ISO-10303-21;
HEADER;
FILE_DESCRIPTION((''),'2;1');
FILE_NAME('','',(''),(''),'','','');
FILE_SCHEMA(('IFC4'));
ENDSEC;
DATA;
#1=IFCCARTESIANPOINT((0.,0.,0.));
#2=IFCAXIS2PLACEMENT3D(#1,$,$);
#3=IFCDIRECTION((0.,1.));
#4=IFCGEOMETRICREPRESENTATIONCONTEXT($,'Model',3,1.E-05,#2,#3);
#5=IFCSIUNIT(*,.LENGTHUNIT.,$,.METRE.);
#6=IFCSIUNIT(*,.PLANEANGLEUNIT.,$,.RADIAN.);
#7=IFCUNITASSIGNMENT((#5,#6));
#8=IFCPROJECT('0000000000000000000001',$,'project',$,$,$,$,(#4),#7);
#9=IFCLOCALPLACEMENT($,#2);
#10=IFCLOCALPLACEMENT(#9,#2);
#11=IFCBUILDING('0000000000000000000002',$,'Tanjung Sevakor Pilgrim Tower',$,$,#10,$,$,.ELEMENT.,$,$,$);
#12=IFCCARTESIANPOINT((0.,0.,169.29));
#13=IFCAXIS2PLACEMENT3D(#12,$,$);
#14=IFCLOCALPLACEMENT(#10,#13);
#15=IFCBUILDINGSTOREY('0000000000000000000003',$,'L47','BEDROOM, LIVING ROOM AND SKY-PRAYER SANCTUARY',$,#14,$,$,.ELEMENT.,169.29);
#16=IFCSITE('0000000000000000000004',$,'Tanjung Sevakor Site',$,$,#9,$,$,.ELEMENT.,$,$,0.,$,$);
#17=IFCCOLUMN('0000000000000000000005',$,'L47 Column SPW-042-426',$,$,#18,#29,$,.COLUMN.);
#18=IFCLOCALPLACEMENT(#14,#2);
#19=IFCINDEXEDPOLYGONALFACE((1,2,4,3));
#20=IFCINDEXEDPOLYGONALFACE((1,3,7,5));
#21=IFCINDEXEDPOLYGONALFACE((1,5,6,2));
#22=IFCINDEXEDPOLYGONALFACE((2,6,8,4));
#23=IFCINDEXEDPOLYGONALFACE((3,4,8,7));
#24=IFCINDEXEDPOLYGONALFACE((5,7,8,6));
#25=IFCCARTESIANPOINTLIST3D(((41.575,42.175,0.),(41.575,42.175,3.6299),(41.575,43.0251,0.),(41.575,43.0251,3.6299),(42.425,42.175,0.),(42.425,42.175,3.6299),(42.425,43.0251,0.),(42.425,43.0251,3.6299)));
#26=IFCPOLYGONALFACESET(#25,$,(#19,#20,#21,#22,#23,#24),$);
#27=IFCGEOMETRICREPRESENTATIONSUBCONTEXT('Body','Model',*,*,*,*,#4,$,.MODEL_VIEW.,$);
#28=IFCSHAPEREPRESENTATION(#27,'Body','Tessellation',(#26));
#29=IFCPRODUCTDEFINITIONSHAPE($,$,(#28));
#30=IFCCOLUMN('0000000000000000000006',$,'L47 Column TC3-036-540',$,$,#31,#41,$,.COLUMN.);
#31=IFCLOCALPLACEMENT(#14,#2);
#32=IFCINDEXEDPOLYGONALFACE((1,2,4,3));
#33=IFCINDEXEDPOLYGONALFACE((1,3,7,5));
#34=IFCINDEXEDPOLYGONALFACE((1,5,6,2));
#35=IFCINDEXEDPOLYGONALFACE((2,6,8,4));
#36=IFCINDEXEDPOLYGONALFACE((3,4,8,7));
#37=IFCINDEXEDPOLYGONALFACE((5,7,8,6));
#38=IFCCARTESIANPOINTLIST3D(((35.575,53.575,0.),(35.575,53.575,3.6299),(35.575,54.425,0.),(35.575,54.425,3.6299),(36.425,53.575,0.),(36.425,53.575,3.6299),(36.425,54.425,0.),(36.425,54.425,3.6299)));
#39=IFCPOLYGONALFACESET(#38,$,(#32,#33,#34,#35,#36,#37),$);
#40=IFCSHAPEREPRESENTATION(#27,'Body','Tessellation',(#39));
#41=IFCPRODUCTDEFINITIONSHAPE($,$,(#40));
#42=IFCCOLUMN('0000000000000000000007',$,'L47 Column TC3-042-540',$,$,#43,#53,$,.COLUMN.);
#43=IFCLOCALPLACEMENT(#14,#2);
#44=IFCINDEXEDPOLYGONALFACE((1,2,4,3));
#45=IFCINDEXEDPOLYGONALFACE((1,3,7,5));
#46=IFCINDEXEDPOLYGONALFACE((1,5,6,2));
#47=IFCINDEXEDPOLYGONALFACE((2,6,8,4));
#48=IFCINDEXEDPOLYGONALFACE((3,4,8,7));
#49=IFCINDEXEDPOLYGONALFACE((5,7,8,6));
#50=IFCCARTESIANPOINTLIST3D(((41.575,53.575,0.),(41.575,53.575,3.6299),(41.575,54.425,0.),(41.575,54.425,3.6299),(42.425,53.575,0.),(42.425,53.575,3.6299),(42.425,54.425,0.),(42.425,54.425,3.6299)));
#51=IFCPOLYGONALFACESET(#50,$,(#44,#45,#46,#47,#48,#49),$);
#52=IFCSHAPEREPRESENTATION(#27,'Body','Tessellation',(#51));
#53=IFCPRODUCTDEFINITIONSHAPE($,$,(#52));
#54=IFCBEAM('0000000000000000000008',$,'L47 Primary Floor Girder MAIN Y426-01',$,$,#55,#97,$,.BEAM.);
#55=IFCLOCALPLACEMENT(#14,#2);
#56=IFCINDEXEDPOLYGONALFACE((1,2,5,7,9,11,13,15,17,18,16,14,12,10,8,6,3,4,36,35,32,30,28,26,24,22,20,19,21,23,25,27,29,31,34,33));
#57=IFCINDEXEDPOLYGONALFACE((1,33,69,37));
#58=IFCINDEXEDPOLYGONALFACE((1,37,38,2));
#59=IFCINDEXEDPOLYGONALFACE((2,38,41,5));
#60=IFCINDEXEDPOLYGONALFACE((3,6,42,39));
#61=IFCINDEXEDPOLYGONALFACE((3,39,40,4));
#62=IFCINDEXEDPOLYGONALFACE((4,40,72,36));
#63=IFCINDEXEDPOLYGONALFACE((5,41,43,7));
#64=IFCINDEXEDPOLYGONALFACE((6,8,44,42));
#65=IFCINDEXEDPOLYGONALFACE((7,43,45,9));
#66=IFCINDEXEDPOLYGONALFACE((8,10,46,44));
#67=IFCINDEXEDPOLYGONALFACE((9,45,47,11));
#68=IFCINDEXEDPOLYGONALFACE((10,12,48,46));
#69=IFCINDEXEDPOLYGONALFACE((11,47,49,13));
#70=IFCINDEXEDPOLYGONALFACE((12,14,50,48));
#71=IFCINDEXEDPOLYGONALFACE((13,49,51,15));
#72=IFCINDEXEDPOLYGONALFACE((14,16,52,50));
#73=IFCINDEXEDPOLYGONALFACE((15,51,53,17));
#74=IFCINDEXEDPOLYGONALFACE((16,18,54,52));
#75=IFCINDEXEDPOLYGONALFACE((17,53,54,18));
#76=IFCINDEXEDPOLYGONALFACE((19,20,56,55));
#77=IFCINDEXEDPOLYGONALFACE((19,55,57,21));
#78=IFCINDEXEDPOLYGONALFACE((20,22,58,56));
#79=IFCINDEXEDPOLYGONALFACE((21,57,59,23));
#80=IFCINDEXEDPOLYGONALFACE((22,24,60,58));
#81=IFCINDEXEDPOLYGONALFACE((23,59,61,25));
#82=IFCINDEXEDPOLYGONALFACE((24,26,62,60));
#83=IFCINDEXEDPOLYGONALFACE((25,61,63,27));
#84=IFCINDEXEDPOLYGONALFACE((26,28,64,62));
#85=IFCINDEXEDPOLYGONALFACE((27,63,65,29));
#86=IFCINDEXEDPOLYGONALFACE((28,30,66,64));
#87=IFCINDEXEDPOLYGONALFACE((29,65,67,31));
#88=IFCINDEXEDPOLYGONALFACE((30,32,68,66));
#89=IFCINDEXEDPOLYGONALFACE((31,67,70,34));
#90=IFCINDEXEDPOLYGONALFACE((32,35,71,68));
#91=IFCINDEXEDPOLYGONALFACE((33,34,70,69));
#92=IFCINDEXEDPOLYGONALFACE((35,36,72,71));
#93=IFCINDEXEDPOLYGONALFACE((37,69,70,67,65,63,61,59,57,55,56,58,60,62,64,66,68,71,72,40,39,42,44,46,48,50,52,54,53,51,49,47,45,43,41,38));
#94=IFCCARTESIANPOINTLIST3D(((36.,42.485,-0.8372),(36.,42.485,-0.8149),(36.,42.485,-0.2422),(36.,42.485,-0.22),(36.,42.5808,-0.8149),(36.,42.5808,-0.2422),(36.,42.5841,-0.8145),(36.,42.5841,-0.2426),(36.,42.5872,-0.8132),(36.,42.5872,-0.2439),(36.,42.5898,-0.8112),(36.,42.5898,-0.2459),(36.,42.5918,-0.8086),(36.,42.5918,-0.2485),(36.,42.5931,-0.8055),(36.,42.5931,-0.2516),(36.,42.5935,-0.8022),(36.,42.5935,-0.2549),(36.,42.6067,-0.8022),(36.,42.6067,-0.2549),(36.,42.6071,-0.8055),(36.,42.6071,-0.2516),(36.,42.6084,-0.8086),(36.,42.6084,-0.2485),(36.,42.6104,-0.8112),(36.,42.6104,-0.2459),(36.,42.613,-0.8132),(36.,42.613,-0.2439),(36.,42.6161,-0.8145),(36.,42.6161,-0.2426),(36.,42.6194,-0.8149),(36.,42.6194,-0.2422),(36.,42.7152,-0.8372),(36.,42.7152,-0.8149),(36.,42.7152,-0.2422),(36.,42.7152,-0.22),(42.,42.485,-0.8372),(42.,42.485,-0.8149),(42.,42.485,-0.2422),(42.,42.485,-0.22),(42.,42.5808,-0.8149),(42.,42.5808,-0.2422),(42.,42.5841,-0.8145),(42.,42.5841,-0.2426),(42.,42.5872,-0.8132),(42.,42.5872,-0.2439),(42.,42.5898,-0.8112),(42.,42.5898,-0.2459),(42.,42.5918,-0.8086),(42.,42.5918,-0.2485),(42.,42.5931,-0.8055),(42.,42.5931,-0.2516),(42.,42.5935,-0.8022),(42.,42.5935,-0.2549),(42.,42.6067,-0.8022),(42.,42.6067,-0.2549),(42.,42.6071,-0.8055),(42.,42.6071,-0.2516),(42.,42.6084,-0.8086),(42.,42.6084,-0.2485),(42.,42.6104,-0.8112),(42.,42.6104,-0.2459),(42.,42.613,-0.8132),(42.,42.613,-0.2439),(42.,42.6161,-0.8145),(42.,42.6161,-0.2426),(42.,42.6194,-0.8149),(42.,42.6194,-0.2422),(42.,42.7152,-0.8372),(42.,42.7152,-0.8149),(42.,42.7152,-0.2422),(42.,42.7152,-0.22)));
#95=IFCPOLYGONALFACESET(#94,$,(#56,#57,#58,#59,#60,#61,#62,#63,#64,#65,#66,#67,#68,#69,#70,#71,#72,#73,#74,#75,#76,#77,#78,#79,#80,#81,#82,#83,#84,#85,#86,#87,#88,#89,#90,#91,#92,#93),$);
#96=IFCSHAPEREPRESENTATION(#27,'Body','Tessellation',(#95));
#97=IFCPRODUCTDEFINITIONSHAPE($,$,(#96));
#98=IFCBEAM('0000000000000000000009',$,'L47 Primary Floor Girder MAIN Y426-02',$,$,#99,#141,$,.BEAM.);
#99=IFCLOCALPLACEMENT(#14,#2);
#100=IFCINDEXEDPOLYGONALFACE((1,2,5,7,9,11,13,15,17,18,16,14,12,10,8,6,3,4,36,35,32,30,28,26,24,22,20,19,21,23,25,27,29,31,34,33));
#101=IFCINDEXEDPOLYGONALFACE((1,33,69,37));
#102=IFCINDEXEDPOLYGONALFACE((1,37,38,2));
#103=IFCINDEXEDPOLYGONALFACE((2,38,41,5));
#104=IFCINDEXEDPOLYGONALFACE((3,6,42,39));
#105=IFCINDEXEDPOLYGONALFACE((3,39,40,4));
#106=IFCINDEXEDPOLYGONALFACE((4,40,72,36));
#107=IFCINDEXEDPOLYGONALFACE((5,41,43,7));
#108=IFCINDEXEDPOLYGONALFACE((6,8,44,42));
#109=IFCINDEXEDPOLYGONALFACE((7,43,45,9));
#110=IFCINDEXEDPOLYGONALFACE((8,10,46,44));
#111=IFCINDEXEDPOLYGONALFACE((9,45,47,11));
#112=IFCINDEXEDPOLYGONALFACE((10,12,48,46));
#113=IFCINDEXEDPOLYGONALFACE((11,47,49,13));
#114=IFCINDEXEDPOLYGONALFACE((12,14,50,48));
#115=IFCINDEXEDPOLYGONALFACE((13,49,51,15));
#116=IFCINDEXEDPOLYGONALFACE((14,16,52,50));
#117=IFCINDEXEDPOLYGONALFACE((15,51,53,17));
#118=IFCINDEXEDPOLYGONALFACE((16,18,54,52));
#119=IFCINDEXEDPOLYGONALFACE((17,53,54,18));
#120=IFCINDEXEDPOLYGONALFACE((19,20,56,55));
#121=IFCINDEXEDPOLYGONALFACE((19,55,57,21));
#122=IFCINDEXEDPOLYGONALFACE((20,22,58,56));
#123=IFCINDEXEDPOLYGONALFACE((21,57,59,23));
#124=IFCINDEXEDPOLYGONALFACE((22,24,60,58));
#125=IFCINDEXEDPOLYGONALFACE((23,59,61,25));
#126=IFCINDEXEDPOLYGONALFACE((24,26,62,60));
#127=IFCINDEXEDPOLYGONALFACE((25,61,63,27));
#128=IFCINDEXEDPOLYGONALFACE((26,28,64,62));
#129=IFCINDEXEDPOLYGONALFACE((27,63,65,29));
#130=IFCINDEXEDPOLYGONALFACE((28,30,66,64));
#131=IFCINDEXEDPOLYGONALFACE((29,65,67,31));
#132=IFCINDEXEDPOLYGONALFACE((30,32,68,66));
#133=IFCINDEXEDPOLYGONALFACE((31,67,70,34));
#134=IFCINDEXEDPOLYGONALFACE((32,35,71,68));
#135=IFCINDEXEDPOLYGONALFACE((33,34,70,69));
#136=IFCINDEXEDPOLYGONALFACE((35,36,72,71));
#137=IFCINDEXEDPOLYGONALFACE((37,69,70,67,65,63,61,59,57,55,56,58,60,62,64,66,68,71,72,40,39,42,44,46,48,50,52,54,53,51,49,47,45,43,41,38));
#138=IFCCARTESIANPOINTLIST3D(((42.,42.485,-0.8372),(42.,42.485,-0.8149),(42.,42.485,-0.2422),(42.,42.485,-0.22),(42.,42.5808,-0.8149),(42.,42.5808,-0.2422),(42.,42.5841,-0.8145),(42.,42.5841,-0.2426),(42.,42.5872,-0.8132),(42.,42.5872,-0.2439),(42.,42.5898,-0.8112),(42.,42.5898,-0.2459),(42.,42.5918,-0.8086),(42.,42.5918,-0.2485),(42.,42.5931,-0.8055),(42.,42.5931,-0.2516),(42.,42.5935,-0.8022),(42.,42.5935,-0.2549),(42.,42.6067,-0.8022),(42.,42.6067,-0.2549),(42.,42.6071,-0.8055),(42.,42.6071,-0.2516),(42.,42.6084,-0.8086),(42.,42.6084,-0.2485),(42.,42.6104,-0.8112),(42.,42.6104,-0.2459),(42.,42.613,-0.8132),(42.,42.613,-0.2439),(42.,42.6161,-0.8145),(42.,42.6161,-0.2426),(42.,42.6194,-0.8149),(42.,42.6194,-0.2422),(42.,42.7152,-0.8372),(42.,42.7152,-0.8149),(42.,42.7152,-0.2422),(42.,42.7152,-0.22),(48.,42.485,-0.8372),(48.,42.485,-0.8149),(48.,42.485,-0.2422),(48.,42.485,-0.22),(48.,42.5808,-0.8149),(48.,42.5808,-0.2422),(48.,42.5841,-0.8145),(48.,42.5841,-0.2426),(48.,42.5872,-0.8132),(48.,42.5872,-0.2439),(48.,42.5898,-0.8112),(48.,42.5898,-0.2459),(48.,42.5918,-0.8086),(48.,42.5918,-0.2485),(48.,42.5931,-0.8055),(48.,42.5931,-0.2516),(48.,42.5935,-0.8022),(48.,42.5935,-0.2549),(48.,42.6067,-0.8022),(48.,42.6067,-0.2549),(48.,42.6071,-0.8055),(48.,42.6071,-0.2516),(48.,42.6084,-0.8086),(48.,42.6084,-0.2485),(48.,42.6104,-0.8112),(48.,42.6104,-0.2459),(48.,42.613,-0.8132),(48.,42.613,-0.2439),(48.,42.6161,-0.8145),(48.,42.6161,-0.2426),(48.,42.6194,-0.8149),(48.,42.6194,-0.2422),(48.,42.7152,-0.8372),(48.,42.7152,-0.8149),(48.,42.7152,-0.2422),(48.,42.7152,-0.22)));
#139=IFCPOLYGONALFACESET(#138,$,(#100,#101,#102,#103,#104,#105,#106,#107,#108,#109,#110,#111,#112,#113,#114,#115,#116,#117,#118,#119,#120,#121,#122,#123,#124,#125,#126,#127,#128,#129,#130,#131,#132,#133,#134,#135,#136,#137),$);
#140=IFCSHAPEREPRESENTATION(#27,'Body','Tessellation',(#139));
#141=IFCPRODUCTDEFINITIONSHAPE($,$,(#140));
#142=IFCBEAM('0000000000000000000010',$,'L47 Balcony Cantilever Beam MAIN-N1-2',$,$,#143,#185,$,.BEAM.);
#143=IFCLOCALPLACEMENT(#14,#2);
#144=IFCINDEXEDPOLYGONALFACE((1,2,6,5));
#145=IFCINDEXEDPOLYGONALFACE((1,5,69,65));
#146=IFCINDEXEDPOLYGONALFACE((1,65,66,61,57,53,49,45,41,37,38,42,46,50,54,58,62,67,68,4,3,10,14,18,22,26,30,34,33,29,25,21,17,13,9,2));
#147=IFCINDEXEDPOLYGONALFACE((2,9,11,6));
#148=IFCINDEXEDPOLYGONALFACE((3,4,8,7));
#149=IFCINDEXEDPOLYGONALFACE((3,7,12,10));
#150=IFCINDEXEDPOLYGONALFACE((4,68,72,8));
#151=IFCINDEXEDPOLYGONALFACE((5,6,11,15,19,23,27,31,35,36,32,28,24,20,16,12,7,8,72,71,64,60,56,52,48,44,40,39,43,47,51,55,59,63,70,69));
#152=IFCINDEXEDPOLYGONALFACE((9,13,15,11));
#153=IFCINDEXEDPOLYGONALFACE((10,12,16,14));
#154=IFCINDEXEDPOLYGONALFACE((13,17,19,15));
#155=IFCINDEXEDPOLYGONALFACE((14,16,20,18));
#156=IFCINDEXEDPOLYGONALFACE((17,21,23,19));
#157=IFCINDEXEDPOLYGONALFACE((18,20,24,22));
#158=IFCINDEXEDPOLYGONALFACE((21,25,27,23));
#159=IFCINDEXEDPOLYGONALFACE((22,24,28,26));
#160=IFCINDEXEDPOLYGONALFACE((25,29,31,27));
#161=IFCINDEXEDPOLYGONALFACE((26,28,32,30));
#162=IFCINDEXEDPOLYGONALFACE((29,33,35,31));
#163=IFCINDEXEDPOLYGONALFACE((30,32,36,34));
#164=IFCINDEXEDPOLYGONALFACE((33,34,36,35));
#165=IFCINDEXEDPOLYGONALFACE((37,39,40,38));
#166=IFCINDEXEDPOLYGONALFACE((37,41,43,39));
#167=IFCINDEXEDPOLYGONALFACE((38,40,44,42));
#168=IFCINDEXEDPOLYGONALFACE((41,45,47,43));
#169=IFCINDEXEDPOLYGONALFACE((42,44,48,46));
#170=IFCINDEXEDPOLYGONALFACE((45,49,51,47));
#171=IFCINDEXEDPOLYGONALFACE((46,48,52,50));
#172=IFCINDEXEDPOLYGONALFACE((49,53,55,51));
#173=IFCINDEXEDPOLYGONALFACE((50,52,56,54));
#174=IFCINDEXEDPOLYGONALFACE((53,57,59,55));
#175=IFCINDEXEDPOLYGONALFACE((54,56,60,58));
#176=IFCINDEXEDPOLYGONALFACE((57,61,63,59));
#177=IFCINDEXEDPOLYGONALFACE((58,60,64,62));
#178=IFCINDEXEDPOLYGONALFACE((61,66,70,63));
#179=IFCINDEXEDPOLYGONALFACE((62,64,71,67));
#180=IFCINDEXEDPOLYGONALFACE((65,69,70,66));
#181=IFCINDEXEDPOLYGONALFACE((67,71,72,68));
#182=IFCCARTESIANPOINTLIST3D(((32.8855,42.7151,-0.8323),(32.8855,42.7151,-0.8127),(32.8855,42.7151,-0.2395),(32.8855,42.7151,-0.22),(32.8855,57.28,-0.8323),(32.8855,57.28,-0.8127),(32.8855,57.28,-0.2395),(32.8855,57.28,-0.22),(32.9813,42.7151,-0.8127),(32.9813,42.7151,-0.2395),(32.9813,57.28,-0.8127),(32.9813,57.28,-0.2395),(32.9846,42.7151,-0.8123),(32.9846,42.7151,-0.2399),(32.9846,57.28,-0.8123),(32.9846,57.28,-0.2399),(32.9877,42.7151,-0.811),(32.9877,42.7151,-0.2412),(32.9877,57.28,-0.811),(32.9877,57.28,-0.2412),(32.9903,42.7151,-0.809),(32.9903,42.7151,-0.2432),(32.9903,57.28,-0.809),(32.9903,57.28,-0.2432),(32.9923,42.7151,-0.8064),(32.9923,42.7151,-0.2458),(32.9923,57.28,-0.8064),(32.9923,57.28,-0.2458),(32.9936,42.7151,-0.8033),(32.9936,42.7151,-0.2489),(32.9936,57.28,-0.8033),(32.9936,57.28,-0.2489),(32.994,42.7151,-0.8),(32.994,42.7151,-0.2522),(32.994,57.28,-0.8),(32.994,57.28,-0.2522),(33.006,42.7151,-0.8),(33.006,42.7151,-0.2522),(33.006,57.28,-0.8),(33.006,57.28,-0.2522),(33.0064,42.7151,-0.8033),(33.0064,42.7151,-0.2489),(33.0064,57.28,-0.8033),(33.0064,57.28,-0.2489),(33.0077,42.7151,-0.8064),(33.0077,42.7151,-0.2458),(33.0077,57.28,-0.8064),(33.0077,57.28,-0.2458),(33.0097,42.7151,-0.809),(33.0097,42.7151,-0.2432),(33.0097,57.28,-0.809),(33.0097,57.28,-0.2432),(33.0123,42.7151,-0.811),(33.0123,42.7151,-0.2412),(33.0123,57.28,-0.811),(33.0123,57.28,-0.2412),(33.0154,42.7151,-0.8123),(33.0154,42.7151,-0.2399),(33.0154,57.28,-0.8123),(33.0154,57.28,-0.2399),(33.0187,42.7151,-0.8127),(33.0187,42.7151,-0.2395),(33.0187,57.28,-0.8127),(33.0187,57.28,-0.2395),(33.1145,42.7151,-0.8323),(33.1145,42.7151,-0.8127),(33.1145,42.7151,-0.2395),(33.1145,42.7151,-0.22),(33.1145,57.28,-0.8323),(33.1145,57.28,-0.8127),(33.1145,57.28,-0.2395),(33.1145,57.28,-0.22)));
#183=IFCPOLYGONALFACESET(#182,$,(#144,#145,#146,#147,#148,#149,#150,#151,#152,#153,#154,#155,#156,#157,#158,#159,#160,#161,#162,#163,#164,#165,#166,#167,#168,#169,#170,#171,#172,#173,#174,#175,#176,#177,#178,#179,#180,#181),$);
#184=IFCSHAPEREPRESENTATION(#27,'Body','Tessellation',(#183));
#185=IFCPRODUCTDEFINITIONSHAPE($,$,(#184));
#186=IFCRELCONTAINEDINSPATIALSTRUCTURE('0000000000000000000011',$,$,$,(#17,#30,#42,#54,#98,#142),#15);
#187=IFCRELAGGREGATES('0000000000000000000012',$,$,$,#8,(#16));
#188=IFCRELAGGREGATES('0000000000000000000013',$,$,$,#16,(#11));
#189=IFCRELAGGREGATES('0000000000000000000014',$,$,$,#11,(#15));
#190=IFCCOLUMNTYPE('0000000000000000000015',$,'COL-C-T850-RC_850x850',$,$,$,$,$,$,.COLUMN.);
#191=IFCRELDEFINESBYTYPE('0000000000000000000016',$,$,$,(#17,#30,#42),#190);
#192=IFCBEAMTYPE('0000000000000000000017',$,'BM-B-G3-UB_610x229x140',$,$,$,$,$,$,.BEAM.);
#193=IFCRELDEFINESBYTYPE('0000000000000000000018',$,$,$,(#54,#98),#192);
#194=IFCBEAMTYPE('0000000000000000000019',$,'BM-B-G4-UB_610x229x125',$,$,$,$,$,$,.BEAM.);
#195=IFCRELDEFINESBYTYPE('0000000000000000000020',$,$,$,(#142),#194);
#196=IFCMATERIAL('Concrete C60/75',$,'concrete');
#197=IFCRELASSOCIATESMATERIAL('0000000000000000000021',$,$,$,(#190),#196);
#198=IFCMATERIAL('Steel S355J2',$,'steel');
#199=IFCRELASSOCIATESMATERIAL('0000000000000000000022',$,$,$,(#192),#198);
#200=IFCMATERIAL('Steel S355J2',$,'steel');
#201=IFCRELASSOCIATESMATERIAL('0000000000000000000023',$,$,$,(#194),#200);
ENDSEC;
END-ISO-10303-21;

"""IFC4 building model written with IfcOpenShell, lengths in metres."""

from ifc_helpers import new_model, si_unit, direction, frame, origin, origin_2d, place, context, subcontext, project, spatial, rectangle, i_section, extrude, material, material_profile, profile_set, type_object, element, save


model = new_model("IFC4")

# Units and contexts
model_context = context("Model", 3, precision=1e-05, world=origin(), true_north=direction((0.0, 1.0)))
body_context = subcontext(model_context, "Body", "Model", "MODEL_VIEW")
ifc_project = project(units=[si_unit("LENGTHUNIT", "METRE"), si_unit("PLANEANGLEUNIT", "RADIAN")], contexts=[model_context])

# Site, building, storey
site_placement = place(None, origin())
site = spatial("IfcSite", under=ifc_project, at=site_placement, Name="Tanjung Sevakor Site", CompositionType="ELEMENT", RefElevation=0.0)
building_placement = place(site_placement, origin())
building = spatial("IfcBuilding", under=site, at=building_placement, Name="Tanjung Sevakor Pilgrim Tower", CompositionType="ELEMENT")
storey_placement = place(building_placement, frame((0.0, 0.0, 169.29)))
storey = spatial("IfcBuildingStorey", under=building, at=storey_placement, Name="L47", Description="BEDROOM, LIVING ROOM AND SKY-PRAYER SANCTUARY", CompositionType="ELEMENT", Elevation=169.29)

# Columns
ifc_material_1 = material(Name="Concrete C60/75", Category="concrete")
ifc_material_profile_1 = material_profile(ifc_material_1, rectangle(XDim=0.8501, YDim=0.8501, at=origin_2d()))
ifc_profile_set_1 = profile_set([ifc_material_profile_1], Name="Concrete C60/75")
column_type = type_object("IfcColumnType", Name="COL-C-T850-RC_850x850", PredefinedType="COLUMN", material=ifc_profile_set_1)
for number, where, z_axis, x_axis, name in (
    (1, (42.0, 42.6001, 0.0), (0.0, 0.0, 1.0), (1.0, 0.0, 0.0), "L47 Column SPW-042-426"),
    (2, (36.0, 54.0, 0.0), (0.0, 0.0, 1.0), (1.0, 0.0, 0.0), "L47 Column TC3-036-540"),
    (3, (42.0, 54.0, 0.0), (0.0, 0.0, 1.0), (1.0, 0.0, 0.0), "L47 Column TC3-042-540"),
):
    element("IfcColumn", number, at=place(storey_placement, frame(where, z_axis=z_axis, x_axis=x_axis)), inside=storey, type_object=column_type, Name=name, PredefinedType="COLUMN", context=body_context, shape_type="SweptSolid", body=[
        extrude(rectangle(XDim=0.8501, YDim=0.8501, at=origin_2d()), origin(), (0.0, 0.0, 1.0), 3.6299),
    ])

# Beams
ifc_material_2 = material(Name="Steel S355J2", Category="steel")
ifc_material_profile_2 = material_profile(ifc_material_2, i_section(OverallWidth=0.2302, OverallDepth=0.6172, WebThickness=0.0132, FlangeThickness=0.0222, FilletRadius=0.0127, at=origin_2d()))
ifc_profile_set_2 = profile_set([ifc_material_profile_2], Name="Steel S355J2")
beam_type_1 = type_object("IfcBeamType", Name="BM-B-G3-UB_610x229x140", PredefinedType="BEAM", material=ifc_profile_set_2)
for number, where, z_axis, x_axis, name in (
    (4, (36.0, 42.6001, -0.5286), (1.0, 0.0, 0.0), (0.0, 1.0, 0.0), "L47 Primary Floor Girder MAIN Y426-01"),
    (5, (42.0, 42.6001, -0.5286), (1.0, 0.0, 0.0), (0.0, 1.0, 0.0), "L47 Primary Floor Girder MAIN Y426-02"),
):
    element("IfcBeam", number, at=place(storey_placement, frame(where, z_axis=z_axis, x_axis=x_axis)), inside=storey, type_object=beam_type_1, Name=name, PredefinedType="BEAM", context=body_context, shape_type="SweptSolid", body=[
        extrude(i_section(OverallWidth=0.2302, OverallDepth=0.6172, WebThickness=0.0132, FlangeThickness=0.0222, FilletRadius=0.0127, at=origin_2d()), origin(), (0.0, 0.0, 1.0), 6.0),
    ])
ifc_material_3 = material(Name="Steel S355J2", Category="steel")
ifc_material_profile_3 = material_profile(ifc_material_3, i_section(OverallWidth=0.229, OverallDepth=0.6123, WebThickness=0.012, FlangeThickness=0.0195, FilletRadius=0.0127, at=origin_2d()))
ifc_profile_set_3 = profile_set([ifc_material_profile_3], Name="Steel S355J2")
beam_type_2 = type_object("IfcBeamType", Name="BM-B-G4-UB_610x229x125", PredefinedType="BEAM", material=ifc_profile_set_3)
beam_1_placement = place(storey_placement, frame((33.0, 42.7151, -0.5261), z_axis=(0.0, 1.0, 0.0), x_axis=(-1.0, 0.0, 0.0)))
element("IfcBeam", 6, at=beam_1_placement, inside=storey, type_object=beam_type_2, Name="L47 Balcony Cantilever Beam MAIN-N1-2", PredefinedType="BEAM", context=body_context, shape_type="SweptSolid", body=[
    extrude(i_section(OverallWidth=0.229, OverallDepth=0.6123, WebThickness=0.012, FlangeThickness=0.0195, FilletRadius=0.0127, at=origin_2d()), origin(), (0.0, 0.0, 1.0), 14.5649),
])

save(model, "model.ifc")
